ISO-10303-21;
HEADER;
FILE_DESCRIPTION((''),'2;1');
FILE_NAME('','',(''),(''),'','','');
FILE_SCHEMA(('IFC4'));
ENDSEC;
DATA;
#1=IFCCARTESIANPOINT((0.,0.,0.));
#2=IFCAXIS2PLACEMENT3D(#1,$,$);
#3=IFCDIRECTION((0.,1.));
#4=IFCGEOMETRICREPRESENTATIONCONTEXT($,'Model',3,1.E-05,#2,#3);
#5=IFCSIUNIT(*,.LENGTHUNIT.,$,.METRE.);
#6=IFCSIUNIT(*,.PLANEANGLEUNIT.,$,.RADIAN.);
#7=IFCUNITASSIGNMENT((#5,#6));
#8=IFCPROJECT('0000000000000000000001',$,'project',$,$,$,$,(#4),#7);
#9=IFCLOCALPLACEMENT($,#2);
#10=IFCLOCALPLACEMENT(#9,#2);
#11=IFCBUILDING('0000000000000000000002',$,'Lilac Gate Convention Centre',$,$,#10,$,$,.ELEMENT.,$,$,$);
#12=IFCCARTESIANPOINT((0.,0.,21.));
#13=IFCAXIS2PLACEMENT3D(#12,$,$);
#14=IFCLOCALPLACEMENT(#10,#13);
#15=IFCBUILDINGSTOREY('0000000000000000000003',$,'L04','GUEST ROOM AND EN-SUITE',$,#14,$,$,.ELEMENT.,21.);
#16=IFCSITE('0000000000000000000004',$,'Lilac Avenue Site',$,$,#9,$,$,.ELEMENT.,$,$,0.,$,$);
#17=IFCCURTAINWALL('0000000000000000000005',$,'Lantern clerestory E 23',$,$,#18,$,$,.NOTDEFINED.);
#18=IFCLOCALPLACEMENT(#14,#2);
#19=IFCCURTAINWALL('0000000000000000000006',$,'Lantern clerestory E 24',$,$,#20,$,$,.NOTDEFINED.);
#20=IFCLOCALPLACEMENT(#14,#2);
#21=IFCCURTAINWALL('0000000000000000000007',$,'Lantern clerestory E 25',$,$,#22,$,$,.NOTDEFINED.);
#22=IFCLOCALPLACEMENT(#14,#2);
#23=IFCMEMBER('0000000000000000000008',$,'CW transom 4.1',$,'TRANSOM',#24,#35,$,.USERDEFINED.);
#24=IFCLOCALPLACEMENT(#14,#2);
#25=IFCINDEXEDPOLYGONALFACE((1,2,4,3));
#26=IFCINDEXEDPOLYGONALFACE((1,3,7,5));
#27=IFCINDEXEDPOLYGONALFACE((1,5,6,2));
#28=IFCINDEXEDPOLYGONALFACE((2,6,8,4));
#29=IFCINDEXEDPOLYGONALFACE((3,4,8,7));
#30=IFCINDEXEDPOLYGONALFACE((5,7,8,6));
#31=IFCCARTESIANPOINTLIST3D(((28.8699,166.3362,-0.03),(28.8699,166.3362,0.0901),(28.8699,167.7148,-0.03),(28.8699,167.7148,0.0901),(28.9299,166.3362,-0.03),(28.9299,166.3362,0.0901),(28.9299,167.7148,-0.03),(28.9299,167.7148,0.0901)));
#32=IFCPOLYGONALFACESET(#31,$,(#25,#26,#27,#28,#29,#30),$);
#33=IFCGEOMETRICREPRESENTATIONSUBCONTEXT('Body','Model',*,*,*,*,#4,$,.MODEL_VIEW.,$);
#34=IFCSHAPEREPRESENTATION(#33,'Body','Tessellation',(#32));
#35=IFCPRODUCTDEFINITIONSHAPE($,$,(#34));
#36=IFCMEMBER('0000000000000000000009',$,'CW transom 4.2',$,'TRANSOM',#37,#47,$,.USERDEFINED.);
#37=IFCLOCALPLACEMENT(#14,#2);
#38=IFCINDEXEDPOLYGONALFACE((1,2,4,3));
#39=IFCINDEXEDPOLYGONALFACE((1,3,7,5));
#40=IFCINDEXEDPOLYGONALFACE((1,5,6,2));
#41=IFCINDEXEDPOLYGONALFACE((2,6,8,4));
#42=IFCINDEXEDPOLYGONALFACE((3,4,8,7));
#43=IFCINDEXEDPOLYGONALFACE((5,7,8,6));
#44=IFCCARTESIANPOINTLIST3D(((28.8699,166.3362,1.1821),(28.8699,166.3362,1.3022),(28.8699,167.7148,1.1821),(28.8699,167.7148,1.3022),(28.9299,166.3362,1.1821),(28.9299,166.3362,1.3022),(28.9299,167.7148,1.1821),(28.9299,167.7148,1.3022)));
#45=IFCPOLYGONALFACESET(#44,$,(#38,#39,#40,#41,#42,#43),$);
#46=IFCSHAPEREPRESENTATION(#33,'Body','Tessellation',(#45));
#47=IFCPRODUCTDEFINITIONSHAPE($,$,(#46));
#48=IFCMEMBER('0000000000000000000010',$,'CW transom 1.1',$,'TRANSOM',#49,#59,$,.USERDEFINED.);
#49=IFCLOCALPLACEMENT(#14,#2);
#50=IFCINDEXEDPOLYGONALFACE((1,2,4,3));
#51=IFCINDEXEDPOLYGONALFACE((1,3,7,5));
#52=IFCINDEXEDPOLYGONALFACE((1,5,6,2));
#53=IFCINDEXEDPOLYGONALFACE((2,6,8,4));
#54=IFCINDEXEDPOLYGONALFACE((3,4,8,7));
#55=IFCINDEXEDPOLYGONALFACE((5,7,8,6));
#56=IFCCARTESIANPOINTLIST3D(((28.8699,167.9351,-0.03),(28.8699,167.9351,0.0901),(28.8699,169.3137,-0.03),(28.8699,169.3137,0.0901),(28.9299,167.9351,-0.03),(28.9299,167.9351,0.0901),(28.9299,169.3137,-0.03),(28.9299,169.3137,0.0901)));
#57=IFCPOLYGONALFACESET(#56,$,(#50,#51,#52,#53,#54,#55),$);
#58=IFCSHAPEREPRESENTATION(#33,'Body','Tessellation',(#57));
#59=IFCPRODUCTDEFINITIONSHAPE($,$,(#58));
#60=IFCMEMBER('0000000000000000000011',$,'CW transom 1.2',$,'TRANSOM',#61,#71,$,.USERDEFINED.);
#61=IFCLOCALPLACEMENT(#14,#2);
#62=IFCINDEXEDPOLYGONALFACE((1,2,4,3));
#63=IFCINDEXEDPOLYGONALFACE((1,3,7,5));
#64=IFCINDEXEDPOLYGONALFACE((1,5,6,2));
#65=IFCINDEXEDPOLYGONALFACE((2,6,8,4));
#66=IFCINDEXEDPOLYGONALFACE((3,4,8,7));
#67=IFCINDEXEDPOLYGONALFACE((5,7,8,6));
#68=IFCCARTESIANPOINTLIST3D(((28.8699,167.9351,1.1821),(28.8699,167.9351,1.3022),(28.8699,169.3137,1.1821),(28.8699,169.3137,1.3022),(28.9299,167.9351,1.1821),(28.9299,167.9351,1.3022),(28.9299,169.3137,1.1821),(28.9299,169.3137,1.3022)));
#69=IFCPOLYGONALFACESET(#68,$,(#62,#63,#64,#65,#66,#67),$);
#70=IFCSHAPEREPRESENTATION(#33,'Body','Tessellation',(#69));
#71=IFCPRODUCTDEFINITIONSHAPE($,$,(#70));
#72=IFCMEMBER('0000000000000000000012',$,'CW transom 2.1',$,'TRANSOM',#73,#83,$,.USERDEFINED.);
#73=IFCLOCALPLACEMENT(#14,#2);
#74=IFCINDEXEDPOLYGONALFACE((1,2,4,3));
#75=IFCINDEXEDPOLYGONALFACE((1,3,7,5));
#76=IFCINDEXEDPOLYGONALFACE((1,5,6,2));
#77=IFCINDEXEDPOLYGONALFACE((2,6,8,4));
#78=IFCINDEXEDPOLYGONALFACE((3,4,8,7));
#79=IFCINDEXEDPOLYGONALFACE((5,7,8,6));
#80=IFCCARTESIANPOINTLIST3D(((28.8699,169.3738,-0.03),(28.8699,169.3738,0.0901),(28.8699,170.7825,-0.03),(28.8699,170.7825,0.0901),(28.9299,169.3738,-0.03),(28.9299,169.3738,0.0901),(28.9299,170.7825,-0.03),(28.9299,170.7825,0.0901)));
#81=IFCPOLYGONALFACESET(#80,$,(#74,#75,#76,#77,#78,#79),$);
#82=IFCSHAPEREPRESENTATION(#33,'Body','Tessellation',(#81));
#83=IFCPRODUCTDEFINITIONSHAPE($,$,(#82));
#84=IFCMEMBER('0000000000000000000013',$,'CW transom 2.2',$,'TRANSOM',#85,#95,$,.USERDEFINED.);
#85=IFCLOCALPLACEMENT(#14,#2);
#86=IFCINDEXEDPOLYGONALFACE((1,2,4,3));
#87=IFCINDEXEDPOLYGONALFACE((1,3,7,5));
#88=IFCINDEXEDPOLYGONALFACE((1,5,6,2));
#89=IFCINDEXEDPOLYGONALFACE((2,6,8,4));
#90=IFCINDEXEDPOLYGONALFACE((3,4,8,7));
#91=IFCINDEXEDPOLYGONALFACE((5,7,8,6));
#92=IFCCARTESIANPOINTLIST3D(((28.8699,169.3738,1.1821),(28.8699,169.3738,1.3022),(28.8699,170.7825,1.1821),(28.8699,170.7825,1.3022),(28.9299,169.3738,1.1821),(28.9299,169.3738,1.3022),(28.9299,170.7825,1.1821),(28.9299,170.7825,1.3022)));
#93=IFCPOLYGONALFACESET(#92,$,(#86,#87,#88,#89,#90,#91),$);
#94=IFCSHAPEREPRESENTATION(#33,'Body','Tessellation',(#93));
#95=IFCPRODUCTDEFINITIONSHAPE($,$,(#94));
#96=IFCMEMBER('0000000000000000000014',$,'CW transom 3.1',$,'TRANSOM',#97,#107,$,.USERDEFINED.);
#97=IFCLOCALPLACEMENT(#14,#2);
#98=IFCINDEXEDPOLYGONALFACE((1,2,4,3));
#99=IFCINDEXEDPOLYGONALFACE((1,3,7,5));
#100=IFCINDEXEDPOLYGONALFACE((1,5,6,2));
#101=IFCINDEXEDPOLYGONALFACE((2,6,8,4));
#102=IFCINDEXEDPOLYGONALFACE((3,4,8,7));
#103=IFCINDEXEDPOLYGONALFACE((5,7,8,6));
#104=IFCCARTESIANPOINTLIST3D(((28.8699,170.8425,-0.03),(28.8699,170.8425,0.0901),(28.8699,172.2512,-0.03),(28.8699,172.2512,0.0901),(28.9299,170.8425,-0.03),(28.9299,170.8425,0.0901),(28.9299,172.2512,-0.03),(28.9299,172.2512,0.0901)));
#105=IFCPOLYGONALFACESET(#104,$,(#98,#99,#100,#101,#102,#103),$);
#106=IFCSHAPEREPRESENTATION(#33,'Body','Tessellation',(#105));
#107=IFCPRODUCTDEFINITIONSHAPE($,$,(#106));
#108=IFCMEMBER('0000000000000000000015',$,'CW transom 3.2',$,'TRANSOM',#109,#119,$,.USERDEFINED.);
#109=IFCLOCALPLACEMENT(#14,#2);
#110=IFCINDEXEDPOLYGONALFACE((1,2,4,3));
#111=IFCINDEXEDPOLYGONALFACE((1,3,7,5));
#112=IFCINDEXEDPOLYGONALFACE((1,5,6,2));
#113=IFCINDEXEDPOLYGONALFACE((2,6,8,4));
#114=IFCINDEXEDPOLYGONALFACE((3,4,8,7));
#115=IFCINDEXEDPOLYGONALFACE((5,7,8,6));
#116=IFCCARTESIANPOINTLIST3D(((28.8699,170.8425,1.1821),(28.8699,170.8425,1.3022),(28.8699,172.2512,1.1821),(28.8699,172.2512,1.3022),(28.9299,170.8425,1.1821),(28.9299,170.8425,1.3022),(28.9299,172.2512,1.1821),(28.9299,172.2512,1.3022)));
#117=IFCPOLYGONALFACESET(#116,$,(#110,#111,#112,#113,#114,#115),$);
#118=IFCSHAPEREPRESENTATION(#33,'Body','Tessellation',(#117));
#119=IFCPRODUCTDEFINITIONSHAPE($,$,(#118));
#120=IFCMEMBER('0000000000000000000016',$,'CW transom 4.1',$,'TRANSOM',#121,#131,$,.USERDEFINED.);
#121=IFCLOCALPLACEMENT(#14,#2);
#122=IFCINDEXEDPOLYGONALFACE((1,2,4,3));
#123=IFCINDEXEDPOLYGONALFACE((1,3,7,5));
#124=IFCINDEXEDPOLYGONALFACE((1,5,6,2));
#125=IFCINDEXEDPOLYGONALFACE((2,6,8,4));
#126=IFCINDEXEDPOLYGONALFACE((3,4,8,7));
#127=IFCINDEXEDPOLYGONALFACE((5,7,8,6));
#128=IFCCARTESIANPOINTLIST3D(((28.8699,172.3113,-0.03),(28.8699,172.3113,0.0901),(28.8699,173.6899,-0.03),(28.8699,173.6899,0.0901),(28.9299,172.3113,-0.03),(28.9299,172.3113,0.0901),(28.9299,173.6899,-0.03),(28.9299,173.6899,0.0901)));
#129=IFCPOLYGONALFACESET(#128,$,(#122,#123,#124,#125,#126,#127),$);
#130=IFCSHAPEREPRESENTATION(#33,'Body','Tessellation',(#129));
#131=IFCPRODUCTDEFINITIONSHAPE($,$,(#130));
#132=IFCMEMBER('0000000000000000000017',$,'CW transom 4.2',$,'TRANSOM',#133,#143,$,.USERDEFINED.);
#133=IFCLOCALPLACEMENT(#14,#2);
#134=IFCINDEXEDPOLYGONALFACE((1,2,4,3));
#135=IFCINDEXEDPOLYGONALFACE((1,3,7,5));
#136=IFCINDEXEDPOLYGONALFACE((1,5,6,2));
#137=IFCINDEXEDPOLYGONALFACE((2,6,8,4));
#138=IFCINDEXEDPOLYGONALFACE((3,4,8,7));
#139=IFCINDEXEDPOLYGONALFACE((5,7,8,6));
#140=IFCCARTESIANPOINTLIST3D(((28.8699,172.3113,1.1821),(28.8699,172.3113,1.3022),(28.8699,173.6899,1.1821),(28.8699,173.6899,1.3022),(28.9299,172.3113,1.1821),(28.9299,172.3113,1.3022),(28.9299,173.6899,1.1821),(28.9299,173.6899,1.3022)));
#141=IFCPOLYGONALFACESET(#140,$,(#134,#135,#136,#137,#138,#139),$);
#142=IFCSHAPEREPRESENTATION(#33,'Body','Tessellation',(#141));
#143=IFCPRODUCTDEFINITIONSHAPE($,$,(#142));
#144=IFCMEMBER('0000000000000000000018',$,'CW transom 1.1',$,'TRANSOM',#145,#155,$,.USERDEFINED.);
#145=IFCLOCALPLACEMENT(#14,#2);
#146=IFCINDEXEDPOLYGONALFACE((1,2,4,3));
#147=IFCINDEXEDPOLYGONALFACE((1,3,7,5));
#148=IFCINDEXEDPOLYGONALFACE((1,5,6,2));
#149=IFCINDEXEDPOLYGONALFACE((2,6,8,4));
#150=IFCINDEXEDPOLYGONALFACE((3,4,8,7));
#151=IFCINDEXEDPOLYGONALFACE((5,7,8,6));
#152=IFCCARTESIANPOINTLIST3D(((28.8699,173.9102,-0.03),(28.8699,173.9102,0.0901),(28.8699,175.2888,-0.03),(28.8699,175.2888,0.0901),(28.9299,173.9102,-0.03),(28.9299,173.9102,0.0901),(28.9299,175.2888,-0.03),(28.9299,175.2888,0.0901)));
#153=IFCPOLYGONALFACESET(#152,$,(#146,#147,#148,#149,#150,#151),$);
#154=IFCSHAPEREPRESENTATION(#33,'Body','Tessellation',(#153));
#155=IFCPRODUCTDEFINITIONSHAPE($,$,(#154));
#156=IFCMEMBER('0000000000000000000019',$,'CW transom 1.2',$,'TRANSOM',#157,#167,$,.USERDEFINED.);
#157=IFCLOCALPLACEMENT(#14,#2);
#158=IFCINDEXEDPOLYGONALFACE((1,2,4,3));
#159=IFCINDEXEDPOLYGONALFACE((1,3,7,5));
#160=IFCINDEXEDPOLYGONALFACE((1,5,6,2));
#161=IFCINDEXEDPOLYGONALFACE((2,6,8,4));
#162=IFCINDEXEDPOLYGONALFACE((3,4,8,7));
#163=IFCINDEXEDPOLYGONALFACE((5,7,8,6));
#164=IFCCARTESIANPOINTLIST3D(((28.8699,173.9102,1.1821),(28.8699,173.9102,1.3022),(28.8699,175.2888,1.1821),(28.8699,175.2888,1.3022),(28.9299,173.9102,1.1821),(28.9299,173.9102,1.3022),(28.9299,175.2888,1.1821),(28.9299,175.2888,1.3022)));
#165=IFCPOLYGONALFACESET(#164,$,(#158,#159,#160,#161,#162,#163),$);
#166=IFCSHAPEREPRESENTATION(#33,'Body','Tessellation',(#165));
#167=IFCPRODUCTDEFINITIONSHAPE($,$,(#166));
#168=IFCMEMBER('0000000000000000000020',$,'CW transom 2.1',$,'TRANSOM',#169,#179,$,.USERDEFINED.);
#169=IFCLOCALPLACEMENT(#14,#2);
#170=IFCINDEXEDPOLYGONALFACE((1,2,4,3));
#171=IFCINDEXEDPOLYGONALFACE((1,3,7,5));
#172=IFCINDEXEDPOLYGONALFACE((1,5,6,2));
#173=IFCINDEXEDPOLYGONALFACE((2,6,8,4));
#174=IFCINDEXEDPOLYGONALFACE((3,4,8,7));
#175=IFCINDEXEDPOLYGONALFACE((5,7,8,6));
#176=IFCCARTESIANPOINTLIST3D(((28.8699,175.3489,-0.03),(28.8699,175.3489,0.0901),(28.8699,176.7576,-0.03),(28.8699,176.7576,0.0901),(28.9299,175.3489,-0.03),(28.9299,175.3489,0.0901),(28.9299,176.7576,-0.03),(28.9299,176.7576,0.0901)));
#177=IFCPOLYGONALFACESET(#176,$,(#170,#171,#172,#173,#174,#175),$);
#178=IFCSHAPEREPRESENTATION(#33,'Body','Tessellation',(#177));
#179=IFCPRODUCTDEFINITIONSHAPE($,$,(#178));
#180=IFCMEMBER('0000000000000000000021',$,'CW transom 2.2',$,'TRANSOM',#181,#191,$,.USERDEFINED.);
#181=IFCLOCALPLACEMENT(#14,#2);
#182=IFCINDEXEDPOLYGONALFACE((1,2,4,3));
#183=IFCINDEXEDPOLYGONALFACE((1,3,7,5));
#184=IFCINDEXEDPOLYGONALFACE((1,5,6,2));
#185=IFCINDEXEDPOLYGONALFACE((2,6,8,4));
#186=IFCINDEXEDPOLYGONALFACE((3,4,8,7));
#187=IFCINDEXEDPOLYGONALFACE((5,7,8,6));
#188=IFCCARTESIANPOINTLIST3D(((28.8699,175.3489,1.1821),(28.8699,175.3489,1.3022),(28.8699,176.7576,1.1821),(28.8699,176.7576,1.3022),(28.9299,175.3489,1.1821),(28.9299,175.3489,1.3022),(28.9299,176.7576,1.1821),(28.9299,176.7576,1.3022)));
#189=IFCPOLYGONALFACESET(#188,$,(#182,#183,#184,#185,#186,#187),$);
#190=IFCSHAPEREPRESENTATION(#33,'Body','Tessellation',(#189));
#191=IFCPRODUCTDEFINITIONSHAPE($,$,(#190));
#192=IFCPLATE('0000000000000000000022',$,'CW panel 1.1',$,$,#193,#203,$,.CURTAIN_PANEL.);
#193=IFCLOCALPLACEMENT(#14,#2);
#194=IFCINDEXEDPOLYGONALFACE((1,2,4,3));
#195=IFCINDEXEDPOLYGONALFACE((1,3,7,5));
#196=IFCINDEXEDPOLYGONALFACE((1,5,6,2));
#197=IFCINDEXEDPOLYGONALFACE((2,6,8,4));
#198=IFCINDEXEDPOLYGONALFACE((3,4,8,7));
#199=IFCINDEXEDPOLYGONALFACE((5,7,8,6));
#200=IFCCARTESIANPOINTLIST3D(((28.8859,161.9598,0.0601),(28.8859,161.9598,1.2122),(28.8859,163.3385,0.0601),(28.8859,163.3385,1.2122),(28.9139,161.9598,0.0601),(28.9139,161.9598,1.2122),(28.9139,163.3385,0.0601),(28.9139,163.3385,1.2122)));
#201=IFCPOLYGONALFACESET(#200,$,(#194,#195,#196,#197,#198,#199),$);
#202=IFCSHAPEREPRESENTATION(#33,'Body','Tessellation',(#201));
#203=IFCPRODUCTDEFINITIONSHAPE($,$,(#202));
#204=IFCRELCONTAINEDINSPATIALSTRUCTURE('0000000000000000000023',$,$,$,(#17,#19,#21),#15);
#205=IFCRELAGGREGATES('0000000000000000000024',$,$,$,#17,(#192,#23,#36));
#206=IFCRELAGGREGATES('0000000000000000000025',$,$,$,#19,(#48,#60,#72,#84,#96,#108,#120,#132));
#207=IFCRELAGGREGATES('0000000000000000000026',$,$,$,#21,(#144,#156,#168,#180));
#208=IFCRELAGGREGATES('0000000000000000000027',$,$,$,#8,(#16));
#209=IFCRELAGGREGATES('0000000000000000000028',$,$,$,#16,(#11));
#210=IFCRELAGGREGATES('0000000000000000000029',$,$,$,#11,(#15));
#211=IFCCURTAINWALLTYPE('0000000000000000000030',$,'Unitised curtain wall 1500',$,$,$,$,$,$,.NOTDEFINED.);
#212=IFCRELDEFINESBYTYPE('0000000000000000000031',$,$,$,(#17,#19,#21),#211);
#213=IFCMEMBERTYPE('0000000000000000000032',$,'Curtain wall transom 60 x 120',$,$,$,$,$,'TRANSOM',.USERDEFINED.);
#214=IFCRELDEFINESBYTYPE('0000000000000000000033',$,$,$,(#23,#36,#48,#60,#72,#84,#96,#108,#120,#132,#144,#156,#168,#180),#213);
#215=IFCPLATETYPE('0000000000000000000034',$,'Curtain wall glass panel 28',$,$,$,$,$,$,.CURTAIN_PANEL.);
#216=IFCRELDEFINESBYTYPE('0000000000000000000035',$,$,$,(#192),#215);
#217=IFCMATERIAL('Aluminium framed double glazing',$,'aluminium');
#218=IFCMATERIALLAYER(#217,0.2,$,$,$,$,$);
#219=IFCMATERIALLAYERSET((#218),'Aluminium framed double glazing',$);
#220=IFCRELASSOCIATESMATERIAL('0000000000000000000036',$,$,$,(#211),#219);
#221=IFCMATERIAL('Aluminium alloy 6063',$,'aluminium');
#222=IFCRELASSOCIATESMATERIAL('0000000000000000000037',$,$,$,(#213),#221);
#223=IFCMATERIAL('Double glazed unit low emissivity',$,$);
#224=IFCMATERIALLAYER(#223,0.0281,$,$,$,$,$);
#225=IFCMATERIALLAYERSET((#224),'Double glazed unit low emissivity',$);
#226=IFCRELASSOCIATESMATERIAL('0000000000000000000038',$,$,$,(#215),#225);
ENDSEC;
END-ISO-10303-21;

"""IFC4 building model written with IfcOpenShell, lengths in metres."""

from ifc_helpers import new_model, si_unit, direction, frame, origin, origin_2d, place, context, subcontext, project, spatial, rectangle, extrude, material, layer, layer_set, material_profile, profile_set, type_object, element, aggregate, save


model = new_model("IFC4")

# Units and contexts
model_context = context("Model", 3, precision=1e-05, world=origin(), true_north=direction((0.0, 1.0)))
body_context = subcontext(model_context, "Body", "Model", "MODEL_VIEW")
ifc_project = project(units=[si_unit("LENGTHUNIT", "METRE"), si_unit("PLANEANGLEUNIT", "RADIAN")], contexts=[model_context])

# Site, building, storey
site_placement = place(None, origin())
site = spatial("IfcSite", under=ifc_project, at=site_placement, Name="Lilac Avenue Site", CompositionType="ELEMENT", RefElevation=0.0)
building_placement = place(site_placement, origin())
building = spatial("IfcBuilding", under=site, at=building_placement, Name="Lilac Gate Convention Centre", CompositionType="ELEMENT")
storey_placement = place(building_placement, frame((0.0, 0.0, 21.0)))
storey = spatial("IfcBuildingStorey", under=building, at=storey_placement, Name="L04", Description="GUEST ROOM AND EN-SUITE", CompositionType="ELEMENT", Elevation=21.0)

# Curtain walls
ifc_material_1 = material(Name="Aluminium framed double glazing", Category="aluminium")
ifc_layer_1 = layer(ifc_material_1, 0.2)
ifc_layer_set_1 = layer_set([ifc_layer_1], Name="Aluminium framed double glazing")
curtain_wall_type = type_object("IfcCurtainWallType", Name="Unitised curtain wall 1500", PredefinedType="NOTDEFINED", material=ifc_layer_set_1)
curtain_wall_1_placement = place(storey_placement, origin())
curtain_wall_1 = element("IfcCurtainWall", 1, at=curtain_wall_1_placement, inside=storey, type_object=curtain_wall_type, Name="Lantern clerestory E 23", PredefinedType="NOTDEFINED")
ifc_material_2 = material(Name="Aluminium alloy 6063", Category="aluminium")
curtain_wall_2_placement = place(storey_placement, origin())
curtain_wall_2 = element("IfcCurtainWall", 2, at=curtain_wall_2_placement, inside=storey, type_object=curtain_wall_type, Name="Lantern clerestory E 24", PredefinedType="NOTDEFINED")
curtain_wall_3_placement = place(storey_placement, origin())
curtain_wall_3 = element("IfcCurtainWall", 3, at=curtain_wall_3_placement, inside=storey, type_object=curtain_wall_type, Name="Lantern clerestory E 25", PredefinedType="NOTDEFINED")

# Members
ifc_material_profile_1 = material_profile(ifc_material_2, rectangle(XDim=0.0601, YDim=0.1201, at=origin_2d()), Name="Curtain wall transom 60 x 120")
ifc_profile_set_1 = profile_set([ifc_material_profile_1], Name="Aluminium alloy 6063")
member_type_1 = type_object("IfcMemberType", Name="Curtain wall transom 60 x 120", ElementType="TRANSOM", PredefinedType="USERDEFINED", material=ifc_profile_set_1)
member_1_placement = place(storey_placement, frame((28.8999, 166.3362, 0.03), z_axis=(0.0, 1.0, 0.0), x_axis=(-1.0, 0.0, 0.0)))
member_1 = element("IfcMember", 4, at=member_1_placement, type_object=member_type_1, Name="CW transom 4.1", ObjectType="TRANSOM", PredefinedType="USERDEFINED", context=body_context, shape_type="SweptSolid", body=[
    extrude(rectangle(XDim=0.0601, YDim=0.1201, at=origin_2d()), origin(), (0.0, 0.0, 1.0), 1.3787),
])
member_2_placement = place(storey_placement, frame((28.8999, 166.3362, 1.2422), z_axis=(0.0, 1.0, 0.0), x_axis=(-1.0, 0.0, 0.0)))
member_2 = element("IfcMember", 5, at=member_2_placement, type_object=member_type_1, Name="CW transom 4.2", ObjectType="TRANSOM", PredefinedType="USERDEFINED", context=body_context, shape_type="SweptSolid", body=[
    extrude(rectangle(XDim=0.0601, YDim=0.1201, at=origin_2d()), origin(), (0.0, 0.0, 1.0), 1.3787),
])
member_3_placement = place(storey_placement, frame((28.8999, 167.9351, 0.03), z_axis=(0.0, 1.0, 0.0), x_axis=(-1.0, 0.0, 0.0)))
member_3 = element("IfcMember", 6, at=member_3_placement, type_object=member_type_1, Name="CW transom 1.1", ObjectType="TRANSOM", PredefinedType="USERDEFINED", context=body_context, shape_type="SweptSolid", body=[
    extrude(rectangle(XDim=0.0601, YDim=0.1201, at=origin_2d()), origin(), (0.0, 0.0, 1.0), 1.3787),
])
member_4_placement = place(storey_placement, frame((28.8999, 167.9351, 1.2422), z_axis=(0.0, 1.0, 0.0), x_axis=(-1.0, 0.0, 0.0)))
member_4 = element("IfcMember", 7, at=member_4_placement, type_object=member_type_1, Name="CW transom 1.2", ObjectType="TRANSOM", PredefinedType="USERDEFINED", context=body_context, shape_type="SweptSolid", body=[
    extrude(rectangle(XDim=0.0601, YDim=0.1201, at=origin_2d()), origin(), (0.0, 0.0, 1.0), 1.3787),
])
member_5_placement = place(storey_placement, frame((28.8999, 169.3738, 0.03), z_axis=(0.0, 1.0, 0.0), x_axis=(-1.0, 0.0, 0.0)))
member_5 = element("IfcMember", 8, at=member_5_placement, type_object=member_type_1, Name="CW transom 2.1", ObjectType="TRANSOM", PredefinedType="USERDEFINED", context=body_context, shape_type="SweptSolid", body=[
    extrude(rectangle(XDim=0.0601, YDim=0.1201, at=origin_2d()), origin(), (0.0, 0.0, 1.0), 1.4087),
])
member_6_placement = place(storey_placement, frame((28.8999, 169.3738, 1.2422), z_axis=(0.0, 1.0, 0.0), x_axis=(-1.0, 0.0, 0.0)))
member_6 = element("IfcMember", 9, at=member_6_placement, type_object=member_type_1, Name="CW transom 2.2", ObjectType="TRANSOM", PredefinedType="USERDEFINED", context=body_context, shape_type="SweptSolid", body=[
    extrude(rectangle(XDim=0.0601, YDim=0.1201, at=origin_2d()), origin(), (0.0, 0.0, 1.0), 1.4087),
])
member_7_placement = place(storey_placement, frame((28.8999, 170.8425, 0.03), z_axis=(0.0, 1.0, 0.0), x_axis=(-1.0, 0.0, 0.0)))
member_7 = element("IfcMember", 10, at=member_7_placement, type_object=member_type_1, Name="CW transom 3.1", ObjectType="TRANSOM", PredefinedType="USERDEFINED", context=body_context, shape_type="SweptSolid", body=[
    extrude(rectangle(XDim=0.0601, YDim=0.1201, at=origin_2d()), origin(), (0.0, 0.0, 1.0), 1.4087),
])
member_8_placement = place(storey_placement, frame((28.8999, 170.8425, 1.2422), z_axis=(0.0, 1.0, 0.0), x_axis=(-1.0, 0.0, 0.0)))
member_8 = element("IfcMember", 11, at=member_8_placement, type_object=member_type_1, Name="CW transom 3.2", ObjectType="TRANSOM", PredefinedType="USERDEFINED", context=body_context, shape_type="SweptSolid", body=[
    extrude(rectangle(XDim=0.0601, YDim=0.1201, at=origin_2d()), origin(), (0.0, 0.0, 1.0), 1.4087),
])
member_9_placement = place(storey_placement, frame((28.8999, 172.3113, 0.03), z_axis=(0.0, 1.0, 0.0), x_axis=(-1.0, 0.0, 0.0)))
member_9 = element("IfcMember", 12, at=member_9_placement, type_object=member_type_1, Name="CW transom 4.1", ObjectType="TRANSOM", PredefinedType="USERDEFINED", context=body_context, shape_type="SweptSolid", body=[
    extrude(rectangle(XDim=0.0601, YDim=0.1201, at=origin_2d()), origin(), (0.0, 0.0, 1.0), 1.3787),
])
member_10_placement = place(storey_placement, frame((28.8999, 172.3113, 1.2422), z_axis=(0.0, 1.0, 0.0), x_axis=(-1.0, 0.0, 0.0)))
member_10 = element("IfcMember", 13, at=member_10_placement, type_object=member_type_1, Name="CW transom 4.2", ObjectType="TRANSOM", PredefinedType="USERDEFINED", context=body_context, shape_type="SweptSolid", body=[
    extrude(rectangle(XDim=0.0601, YDim=0.1201, at=origin_2d()), origin(), (0.0, 0.0, 1.0), 1.3787),
])
member_11_placement = place(storey_placement, frame((28.8999, 173.9102, 0.03), z_axis=(0.0, 1.0, 0.0), x_axis=(-1.0, 0.0, 0.0)))
member_11 = element("IfcMember", 14, at=member_11_placement, type_object=member_type_1, Name="CW transom 1.1", ObjectType="TRANSOM", PredefinedType="USERDEFINED", context=body_context, shape_type="SweptSolid", body=[
    extrude(rectangle(XDim=0.0601, YDim=0.1201, at=origin_2d()), origin(), (0.0, 0.0, 1.0), 1.3787),
])
member_12_placement = place(storey_placement, frame((28.8999, 173.9102, 1.2422), z_axis=(0.0, 1.0, 0.0), x_axis=(-1.0, 0.0, 0.0)))
member_12 = element("IfcMember", 15, at=member_12_placement, type_object=member_type_1, Name="CW transom 1.2", ObjectType="TRANSOM", PredefinedType="USERDEFINED", context=body_context, shape_type="SweptSolid", body=[
    extrude(rectangle(XDim=0.0601, YDim=0.1201, at=origin_2d()), origin(), (0.0, 0.0, 1.0), 1.3787),
])
member_13_placement = place(storey_placement, frame((28.8999, 175.3489, 0.03), z_axis=(0.0, 1.0, 0.0), x_axis=(-1.0, 0.0, 0.0)))
member_13 = element("IfcMember", 16, at=member_13_placement, type_object=member_type_1, Name="CW transom 2.1", ObjectType="TRANSOM", PredefinedType="USERDEFINED", context=body_context, shape_type="SweptSolid", body=[
    extrude(rectangle(XDim=0.0601, YDim=0.1201, at=origin_2d()), origin(), (0.0, 0.0, 1.0), 1.4087),
])
member_14_placement = place(storey_placement, frame((28.8999, 175.3489, 1.2422), z_axis=(0.0, 1.0, 0.0), x_axis=(-1.0, 0.0, 0.0)))
member_14 = element("IfcMember", 17, at=member_14_placement, type_object=member_type_1, Name="CW transom 2.2", ObjectType="TRANSOM", PredefinedType="USERDEFINED", context=body_context, shape_type="SweptSolid", body=[
    extrude(rectangle(XDim=0.0601, YDim=0.1201, at=origin_2d()), origin(), (0.0, 0.0, 1.0), 1.4087),
])

# Plate
ifc_material_3 = material(Name="Double glazed unit low emissivity")
ifc_layer_2 = layer(ifc_material_3, 0.0281)
ifc_layer_set_2 = layer_set([ifc_layer_2], Name="Double glazed unit low emissivity")
plate_type = type_object("IfcPlateType", Name="Curtain wall glass panel 28", PredefinedType="CURTAIN_PANEL", material=ifc_layer_set_2)
plate_1_placement = place(storey_placement, frame((28.8999, 162.6492, 0.0601), z_axis=(0.0, 0.0, 1.0), x_axis=(0.0, 1.0, 0.0)))
plate_1 = element("IfcPlate", 18, at=plate_1_placement, type_object=plate_type, Name="CW panel 1.1", PredefinedType="CURTAIN_PANEL", context=body_context, shape_type="SweptSolid", body=[
    extrude(rectangle(XDim=1.3787, YDim=0.0281, at=origin_2d()), origin(), (0.0, 0.0, 1.0), 1.1521),
])
aggregate(curtain_wall_1, [plate_1, member_1, member_2])
aggregate(curtain_wall_2, [member_3, member_4, member_5, member_6, member_7, member_8, member_9, member_10])
aggregate(curtain_wall_3, [member_11, member_12, member_13, member_14])

save(model, "model.ifc")
